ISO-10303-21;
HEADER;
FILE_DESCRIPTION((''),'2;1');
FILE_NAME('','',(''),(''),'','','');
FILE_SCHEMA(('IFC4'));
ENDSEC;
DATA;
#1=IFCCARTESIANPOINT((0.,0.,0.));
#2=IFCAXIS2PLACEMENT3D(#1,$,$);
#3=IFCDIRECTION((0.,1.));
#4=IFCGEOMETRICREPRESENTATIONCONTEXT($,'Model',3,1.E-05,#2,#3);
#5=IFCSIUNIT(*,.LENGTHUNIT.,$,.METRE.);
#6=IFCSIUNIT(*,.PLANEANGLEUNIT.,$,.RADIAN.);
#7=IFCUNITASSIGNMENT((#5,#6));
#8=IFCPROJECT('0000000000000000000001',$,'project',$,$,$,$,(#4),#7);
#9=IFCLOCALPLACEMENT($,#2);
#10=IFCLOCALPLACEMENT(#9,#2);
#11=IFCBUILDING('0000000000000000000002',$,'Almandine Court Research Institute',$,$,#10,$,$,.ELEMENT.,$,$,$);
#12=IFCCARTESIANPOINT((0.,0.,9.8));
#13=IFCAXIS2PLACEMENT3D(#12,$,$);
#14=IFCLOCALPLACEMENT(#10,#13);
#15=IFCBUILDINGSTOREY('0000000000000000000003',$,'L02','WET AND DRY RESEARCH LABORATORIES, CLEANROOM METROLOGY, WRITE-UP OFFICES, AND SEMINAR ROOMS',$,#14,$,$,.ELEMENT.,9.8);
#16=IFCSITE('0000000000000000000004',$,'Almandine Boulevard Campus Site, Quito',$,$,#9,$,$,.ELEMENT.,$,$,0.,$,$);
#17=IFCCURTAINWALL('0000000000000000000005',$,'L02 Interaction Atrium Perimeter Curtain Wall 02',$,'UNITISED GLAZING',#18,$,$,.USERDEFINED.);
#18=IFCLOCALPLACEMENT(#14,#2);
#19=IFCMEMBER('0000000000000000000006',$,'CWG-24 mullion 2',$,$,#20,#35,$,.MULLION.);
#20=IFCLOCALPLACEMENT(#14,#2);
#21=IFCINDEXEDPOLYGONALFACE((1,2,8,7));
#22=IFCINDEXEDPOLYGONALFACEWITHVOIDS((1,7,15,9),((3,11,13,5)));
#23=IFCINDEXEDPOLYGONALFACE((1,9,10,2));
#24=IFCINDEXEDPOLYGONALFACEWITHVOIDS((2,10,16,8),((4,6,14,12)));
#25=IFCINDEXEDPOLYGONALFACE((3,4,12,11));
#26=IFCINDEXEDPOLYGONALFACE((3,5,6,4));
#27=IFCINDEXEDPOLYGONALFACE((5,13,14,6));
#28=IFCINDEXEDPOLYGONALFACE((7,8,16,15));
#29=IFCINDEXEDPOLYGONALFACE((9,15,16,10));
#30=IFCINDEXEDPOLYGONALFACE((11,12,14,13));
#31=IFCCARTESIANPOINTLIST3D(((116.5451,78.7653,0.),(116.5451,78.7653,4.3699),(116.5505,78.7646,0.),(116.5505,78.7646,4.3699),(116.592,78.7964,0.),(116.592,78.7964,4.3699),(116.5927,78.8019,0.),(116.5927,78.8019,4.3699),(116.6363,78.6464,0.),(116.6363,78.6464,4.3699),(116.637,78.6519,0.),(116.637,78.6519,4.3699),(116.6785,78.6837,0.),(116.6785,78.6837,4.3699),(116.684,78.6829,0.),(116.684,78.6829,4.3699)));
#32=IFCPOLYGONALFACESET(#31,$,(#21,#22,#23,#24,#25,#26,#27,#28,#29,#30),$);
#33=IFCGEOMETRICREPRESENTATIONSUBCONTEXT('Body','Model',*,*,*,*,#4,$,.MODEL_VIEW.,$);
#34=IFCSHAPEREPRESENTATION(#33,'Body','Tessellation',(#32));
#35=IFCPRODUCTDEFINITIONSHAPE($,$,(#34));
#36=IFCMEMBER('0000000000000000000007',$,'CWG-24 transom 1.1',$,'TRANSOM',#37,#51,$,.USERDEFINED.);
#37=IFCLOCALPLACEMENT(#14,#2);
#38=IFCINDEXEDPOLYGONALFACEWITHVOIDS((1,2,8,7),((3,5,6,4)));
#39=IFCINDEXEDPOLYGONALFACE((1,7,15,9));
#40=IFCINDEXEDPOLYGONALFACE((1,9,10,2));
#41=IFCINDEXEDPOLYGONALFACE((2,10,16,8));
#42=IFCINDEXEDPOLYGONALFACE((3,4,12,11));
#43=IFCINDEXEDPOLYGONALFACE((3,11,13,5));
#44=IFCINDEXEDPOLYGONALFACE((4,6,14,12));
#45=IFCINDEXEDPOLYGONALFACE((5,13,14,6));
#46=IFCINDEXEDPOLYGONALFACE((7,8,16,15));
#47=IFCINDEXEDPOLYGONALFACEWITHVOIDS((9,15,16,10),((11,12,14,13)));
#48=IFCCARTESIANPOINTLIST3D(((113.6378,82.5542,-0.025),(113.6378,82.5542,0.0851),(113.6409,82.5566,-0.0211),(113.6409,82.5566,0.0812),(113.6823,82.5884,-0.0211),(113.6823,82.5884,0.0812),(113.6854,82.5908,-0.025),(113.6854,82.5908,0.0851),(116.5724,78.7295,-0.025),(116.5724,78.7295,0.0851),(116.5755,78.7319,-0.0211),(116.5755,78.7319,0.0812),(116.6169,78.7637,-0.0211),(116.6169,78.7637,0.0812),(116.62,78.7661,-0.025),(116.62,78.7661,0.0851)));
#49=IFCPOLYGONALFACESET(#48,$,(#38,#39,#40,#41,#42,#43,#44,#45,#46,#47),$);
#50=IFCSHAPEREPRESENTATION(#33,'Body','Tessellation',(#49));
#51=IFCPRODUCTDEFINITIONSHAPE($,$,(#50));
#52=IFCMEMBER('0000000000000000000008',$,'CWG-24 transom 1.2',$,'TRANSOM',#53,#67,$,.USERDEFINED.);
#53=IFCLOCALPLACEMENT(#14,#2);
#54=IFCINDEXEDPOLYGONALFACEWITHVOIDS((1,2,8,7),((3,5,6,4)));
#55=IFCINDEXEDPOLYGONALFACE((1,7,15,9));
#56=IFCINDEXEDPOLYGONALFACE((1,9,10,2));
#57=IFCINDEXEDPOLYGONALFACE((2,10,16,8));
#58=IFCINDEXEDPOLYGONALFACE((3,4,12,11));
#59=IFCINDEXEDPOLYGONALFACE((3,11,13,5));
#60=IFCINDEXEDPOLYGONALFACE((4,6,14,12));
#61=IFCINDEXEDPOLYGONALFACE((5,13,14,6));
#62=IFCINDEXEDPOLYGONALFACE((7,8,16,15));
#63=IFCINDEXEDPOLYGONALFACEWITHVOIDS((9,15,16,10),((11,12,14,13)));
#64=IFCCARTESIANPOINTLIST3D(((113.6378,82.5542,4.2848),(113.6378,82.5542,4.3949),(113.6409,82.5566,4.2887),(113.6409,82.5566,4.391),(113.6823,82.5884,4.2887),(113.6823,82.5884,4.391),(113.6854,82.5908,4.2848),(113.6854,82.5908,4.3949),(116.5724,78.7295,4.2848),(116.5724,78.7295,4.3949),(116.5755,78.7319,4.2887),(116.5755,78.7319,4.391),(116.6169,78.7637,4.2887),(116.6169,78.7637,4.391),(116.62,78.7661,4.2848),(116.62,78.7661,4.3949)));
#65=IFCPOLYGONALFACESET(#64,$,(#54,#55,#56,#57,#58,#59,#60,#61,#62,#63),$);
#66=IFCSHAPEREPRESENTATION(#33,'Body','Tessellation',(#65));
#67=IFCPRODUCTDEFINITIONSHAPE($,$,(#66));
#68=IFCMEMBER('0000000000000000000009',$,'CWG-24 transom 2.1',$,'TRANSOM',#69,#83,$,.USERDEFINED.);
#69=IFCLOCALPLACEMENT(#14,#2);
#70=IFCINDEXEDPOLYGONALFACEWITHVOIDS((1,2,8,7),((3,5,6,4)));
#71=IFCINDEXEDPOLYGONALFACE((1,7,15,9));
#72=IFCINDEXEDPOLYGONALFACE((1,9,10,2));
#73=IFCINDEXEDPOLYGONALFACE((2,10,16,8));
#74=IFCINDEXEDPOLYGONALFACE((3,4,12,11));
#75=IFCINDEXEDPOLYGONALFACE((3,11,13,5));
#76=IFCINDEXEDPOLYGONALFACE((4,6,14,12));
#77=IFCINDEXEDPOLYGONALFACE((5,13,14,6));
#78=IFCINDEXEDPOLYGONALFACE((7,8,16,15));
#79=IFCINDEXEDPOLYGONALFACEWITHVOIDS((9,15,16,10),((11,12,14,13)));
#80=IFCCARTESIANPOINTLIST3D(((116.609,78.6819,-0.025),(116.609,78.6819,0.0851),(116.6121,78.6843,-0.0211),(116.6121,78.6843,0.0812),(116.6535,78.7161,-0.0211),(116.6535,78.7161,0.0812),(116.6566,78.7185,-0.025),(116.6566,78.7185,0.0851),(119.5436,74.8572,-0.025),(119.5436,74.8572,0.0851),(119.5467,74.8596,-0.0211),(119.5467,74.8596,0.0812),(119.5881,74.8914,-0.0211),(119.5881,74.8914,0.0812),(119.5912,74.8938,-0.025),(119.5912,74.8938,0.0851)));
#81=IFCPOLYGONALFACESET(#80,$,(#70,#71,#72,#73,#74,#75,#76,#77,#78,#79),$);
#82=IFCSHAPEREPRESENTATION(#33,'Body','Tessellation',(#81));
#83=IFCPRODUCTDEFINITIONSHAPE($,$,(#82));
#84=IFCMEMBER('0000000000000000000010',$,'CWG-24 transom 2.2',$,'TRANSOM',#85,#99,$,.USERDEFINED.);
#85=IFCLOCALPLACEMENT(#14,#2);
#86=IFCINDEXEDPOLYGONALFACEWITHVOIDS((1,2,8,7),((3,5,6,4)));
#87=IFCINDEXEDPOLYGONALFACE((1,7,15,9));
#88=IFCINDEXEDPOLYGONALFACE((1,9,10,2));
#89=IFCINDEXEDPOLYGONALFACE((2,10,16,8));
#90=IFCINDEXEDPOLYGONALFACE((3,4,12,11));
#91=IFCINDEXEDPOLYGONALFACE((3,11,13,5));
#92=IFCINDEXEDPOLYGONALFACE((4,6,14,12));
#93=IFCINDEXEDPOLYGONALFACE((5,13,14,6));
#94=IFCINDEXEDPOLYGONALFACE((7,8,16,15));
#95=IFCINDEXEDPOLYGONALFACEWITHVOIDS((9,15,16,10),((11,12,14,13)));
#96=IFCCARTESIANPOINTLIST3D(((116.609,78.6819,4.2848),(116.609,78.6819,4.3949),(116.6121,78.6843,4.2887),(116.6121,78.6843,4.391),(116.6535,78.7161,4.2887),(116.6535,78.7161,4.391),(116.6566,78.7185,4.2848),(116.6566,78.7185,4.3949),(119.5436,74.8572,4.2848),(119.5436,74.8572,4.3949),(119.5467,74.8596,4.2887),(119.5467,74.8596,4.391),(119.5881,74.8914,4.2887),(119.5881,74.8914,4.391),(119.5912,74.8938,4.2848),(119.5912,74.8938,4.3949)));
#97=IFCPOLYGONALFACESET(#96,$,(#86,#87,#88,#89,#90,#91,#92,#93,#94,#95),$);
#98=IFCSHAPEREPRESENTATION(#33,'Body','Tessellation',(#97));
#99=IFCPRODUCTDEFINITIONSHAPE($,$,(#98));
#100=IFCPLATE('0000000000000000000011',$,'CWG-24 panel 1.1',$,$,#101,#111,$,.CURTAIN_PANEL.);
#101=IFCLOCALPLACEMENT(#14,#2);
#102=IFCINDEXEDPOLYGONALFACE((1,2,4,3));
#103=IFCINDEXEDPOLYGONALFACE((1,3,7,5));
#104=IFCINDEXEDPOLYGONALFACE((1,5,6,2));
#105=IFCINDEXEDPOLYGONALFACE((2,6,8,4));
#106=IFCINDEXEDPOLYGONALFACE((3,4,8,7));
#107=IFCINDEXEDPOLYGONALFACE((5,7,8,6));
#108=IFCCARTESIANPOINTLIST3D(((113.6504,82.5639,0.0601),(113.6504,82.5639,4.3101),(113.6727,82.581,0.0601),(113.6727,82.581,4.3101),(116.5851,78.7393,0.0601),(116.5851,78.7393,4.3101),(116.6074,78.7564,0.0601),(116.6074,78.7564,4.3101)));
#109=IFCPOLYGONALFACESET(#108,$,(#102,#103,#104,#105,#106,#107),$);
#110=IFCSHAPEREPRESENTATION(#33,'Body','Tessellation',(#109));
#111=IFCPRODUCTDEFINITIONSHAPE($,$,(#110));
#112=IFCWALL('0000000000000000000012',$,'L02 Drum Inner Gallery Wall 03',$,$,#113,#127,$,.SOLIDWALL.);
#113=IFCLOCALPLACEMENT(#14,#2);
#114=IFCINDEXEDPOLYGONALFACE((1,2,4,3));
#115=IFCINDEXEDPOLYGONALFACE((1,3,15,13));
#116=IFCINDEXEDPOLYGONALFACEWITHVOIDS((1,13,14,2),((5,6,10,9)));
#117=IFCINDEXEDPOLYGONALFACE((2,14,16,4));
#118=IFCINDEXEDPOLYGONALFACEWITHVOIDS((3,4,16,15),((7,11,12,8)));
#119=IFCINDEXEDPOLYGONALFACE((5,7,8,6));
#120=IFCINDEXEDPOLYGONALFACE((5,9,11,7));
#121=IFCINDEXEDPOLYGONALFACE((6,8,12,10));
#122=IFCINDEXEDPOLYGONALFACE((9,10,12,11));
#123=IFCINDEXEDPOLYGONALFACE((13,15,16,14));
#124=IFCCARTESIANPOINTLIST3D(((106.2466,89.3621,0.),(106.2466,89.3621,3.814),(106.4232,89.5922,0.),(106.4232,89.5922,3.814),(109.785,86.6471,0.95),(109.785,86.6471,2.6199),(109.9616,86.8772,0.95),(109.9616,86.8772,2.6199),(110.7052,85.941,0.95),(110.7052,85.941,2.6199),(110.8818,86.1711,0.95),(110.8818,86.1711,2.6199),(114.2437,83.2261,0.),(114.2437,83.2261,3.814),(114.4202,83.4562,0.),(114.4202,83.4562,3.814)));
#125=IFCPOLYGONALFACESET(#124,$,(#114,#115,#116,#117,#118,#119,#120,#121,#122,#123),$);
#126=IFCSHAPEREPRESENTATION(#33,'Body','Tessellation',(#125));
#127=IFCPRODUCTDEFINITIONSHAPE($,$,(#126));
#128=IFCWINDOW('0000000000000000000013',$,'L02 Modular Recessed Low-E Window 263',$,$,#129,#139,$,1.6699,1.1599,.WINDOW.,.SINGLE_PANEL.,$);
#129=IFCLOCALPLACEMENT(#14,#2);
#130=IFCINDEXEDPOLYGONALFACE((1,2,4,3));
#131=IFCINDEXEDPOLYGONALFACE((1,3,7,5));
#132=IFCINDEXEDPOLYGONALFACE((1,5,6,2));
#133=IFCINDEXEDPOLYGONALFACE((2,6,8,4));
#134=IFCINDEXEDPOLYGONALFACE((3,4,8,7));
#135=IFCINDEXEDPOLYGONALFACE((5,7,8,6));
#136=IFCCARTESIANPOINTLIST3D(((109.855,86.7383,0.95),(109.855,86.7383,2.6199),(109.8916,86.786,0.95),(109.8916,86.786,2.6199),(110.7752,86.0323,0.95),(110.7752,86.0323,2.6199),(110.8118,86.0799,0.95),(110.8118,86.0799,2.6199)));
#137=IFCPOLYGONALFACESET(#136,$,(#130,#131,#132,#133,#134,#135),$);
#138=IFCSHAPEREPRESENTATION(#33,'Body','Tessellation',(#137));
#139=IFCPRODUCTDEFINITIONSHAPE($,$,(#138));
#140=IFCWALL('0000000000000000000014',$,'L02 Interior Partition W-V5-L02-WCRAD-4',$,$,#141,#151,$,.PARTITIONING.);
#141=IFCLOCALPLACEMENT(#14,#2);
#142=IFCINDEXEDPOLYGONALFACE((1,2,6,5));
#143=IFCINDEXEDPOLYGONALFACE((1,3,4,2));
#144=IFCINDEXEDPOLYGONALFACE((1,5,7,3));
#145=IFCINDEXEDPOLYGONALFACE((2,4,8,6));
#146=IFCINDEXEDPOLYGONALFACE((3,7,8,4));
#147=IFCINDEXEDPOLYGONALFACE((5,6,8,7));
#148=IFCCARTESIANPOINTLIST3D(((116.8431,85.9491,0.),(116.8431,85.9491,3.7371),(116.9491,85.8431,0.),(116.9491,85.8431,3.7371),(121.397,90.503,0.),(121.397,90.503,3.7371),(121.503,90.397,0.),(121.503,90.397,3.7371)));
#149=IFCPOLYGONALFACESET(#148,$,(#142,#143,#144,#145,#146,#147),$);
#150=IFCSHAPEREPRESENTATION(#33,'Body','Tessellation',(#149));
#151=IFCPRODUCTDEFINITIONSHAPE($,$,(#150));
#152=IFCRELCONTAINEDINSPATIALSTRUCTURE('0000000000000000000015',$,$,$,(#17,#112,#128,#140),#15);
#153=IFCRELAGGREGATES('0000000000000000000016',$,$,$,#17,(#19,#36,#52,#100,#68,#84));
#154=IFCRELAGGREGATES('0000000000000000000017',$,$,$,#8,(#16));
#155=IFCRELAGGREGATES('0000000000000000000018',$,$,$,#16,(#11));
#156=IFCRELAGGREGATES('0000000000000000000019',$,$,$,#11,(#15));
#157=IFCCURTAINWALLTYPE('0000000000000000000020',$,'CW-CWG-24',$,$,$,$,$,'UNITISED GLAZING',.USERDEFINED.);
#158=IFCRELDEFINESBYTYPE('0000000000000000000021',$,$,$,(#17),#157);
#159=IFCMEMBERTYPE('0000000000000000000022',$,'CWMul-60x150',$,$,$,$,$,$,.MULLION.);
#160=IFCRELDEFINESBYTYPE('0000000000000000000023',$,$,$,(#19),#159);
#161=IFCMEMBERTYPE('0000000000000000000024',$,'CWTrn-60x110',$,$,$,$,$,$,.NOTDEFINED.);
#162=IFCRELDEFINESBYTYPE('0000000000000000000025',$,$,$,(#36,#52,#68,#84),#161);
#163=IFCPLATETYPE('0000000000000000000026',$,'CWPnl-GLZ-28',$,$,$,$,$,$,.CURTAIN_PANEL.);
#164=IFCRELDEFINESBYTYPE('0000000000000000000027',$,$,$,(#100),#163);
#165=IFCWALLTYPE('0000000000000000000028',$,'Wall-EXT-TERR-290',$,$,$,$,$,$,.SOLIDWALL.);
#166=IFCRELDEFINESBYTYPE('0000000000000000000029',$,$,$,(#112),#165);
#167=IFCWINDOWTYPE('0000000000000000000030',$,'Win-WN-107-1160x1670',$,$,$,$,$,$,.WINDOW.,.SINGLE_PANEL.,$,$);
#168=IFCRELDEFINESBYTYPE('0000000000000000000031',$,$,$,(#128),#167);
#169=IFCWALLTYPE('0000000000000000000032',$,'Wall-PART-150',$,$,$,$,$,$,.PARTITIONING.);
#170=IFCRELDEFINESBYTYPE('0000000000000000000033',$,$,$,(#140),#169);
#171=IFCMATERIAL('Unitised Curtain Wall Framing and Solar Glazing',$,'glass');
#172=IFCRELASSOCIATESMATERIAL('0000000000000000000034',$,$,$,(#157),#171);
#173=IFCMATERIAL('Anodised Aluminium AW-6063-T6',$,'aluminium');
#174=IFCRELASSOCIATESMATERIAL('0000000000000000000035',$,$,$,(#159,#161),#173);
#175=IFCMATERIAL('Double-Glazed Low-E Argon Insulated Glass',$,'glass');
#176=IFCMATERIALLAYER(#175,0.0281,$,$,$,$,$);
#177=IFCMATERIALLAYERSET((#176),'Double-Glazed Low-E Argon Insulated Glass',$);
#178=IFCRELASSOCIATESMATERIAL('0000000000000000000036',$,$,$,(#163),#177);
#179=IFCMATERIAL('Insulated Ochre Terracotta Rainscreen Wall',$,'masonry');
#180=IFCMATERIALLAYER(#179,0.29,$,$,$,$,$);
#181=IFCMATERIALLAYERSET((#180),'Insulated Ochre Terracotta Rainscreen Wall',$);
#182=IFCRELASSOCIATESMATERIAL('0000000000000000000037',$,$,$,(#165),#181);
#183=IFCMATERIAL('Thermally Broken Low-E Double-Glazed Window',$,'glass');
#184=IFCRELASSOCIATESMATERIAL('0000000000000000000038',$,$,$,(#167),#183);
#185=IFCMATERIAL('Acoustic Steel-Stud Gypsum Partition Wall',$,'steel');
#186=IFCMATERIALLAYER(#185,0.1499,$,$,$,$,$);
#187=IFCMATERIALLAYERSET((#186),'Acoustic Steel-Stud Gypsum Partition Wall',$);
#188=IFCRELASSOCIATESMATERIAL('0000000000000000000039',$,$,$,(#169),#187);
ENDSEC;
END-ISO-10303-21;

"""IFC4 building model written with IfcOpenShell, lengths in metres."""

from ifc_helpers import new_model, si_unit, direction, frame, frame_2d, origin, origin_2d, place, context, subcontext, project, spatial, rectangle, hollow_rectangle, extrude, material, layer, layer_set, material_profile, profile_set, type_object, element, fill, aggregate, save


model = new_model("IFC4")

# Units and contexts
model_context = context("Model", 3, precision=1e-05, world=origin(), true_north=direction((0.0, 1.0)))
body_context = subcontext(model_context, "Body", "Model", "MODEL_VIEW")
ifc_project = project(units=[si_unit("LENGTHUNIT", "METRE"), si_unit("PLANEANGLEUNIT", "RADIAN")], contexts=[model_context])

# Site, building, storey
site_placement = place(None, origin())
site = spatial("IfcSite", under=ifc_project, at=site_placement, Name="Almandine Boulevard Campus Site, Quito", CompositionType="ELEMENT", RefElevation=0.0)
building_placement = place(site_placement, origin())
building = spatial("IfcBuilding", under=site, at=building_placement, Name="Almandine Court Research Institute", CompositionType="ELEMENT")
storey_placement = place(building_placement, frame((0.0, 0.0, 9.8)))
storey = spatial("IfcBuildingStorey", under=building, at=storey_placement, Name="L02", Description="WET AND DRY RESEARCH LABORATORIES, CLEANROOM METROLOGY, WRITE-UP OFFICES, AND SEMINAR ROOMS", CompositionType="ELEMENT", Elevation=9.8)

# Curtain wall, members, plate
ifc_material_1 = material(Name="Unitised Curtain Wall Framing and Solar Glazing", Category="glass")
curtain_wall_type = type_object("IfcCurtainWallType", Name="CW-CWG-24", ElementType="UNITISED GLAZING", PredefinedType="USERDEFINED", material=ifc_material_1)
curtain_wall_placement = place(storey_placement, origin())
curtain_wall = element("IfcCurtainWall", 1, at=curtain_wall_placement, inside=storey, type_object=curtain_wall_type, Name="L02 Interaction Atrium Perimeter Curtain Wall 02", ObjectType="UNITISED GLAZING", PredefinedType="USERDEFINED")
ifc_material_2 = material(Name="Anodised Aluminium AW-6063-T6", Category="aluminium")
ifc_material_profile_1 = material_profile(ifc_material_2, hollow_rectangle(XDim=0.0601, YDim=0.1499, WallThickness=0.0039, at=origin_2d()), Name="ALU RHS 60x150x4")
ifc_profile_set_1 = profile_set([ifc_material_profile_1], Name="Anodised Aluminium AW-6063-T6")
member_type_1 = type_object("IfcMemberType", Name="CWMul-60x150", PredefinedType="MULLION", material=ifc_profile_set_1)
member_1_placement = place(storey_placement, frame((116.6145, 78.7241, 0.0), z_axis=(0.0, 0.0, 1.0), x_axis=(0.793354, 0.608761, 0.0)))
member_1 = element("IfcMember", 2, at=member_1_placement, type_object=member_type_1, Name="CWG-24 mullion 2", PredefinedType="MULLION", context=body_context, shape_type="SweptSolid", body=[
    extrude(hollow_rectangle(XDim=0.0601, YDim=0.1499, WallThickness=0.0039, at=origin_2d()), origin(), (0.0, 0.0, 1.0), 4.3699),
])
ifc_material_profile_2 = material_profile(ifc_material_2, hollow_rectangle(XDim=0.0601, YDim=0.1101, WallThickness=0.0039, at=origin_2d()), Name="ALU RHS 60x110x4")
ifc_profile_set_2 = profile_set([ifc_material_profile_2], Name="Anodised Aluminium AW-6063-T6")
member_type_2 = type_object("IfcMemberType", Name="CWTrn-60x110", PredefinedType="NOTDEFINED", material=ifc_profile_set_2)
member_2_placement = place(storey_placement, frame((113.6616, 82.5725, 0.03), z_axis=(0.608731, -0.793376, 0.0), x_axis=(0.793376, 0.608731, 0.0)))
member_2 = element("IfcMember", 3, at=member_2_placement, type_object=member_type_2, Name="CWG-24 transom 1.1", ObjectType="TRANSOM", PredefinedType="USERDEFINED", context=body_context, shape_type="SweptSolid", body=[
    extrude(hollow_rectangle(XDim=0.0601, YDim=0.1101, WallThickness=0.0039, at=origin_2d()), origin(), (0.0, 0.0, 1.0), 4.8208),
])
member_3_placement = place(storey_placement, frame((113.6616, 82.5725, 4.3398), z_axis=(0.608731, -0.793376, 0.0), x_axis=(0.793376, 0.608731, 0.0)))
member_3 = element("IfcMember", 4, at=member_3_placement, type_object=member_type_2, Name="CWG-24 transom 1.2", ObjectType="TRANSOM", PredefinedType="USERDEFINED", context=body_context, shape_type="SweptSolid", body=[
    extrude(hollow_rectangle(XDim=0.0601, YDim=0.1101, WallThickness=0.0039, at=origin_2d()), origin(), (0.0, 0.0, 1.0), 4.8208),
])
member_4_placement = place(storey_placement, frame((116.6328, 78.7002, 0.03), z_axis=(0.608731, -0.793376, 0.0), x_axis=(0.793376, 0.608731, 0.0)))
member_4 = element("IfcMember", 5, at=member_4_placement, type_object=member_type_2, Name="CWG-24 transom 2.1", ObjectType="TRANSOM", PredefinedType="USERDEFINED", context=body_context, shape_type="SweptSolid", body=[
    extrude(hollow_rectangle(XDim=0.0601, YDim=0.1101, WallThickness=0.0039, at=origin_2d()), origin(), (0.0, 0.0, 1.0), 4.8208),
])
member_5_placement = place(storey_placement, frame((116.6328, 78.7002, 4.3398), z_axis=(0.608731, -0.793376, 0.0), x_axis=(0.793376, 0.608731, 0.0)))
member_5 = element("IfcMember", 6, at=member_5_placement, type_object=member_type_2, Name="CWG-24 transom 2.2", ObjectType="TRANSOM", PredefinedType="USERDEFINED", context=body_context, shape_type="SweptSolid", body=[
    extrude(hollow_rectangle(XDim=0.0601, YDim=0.1101, WallThickness=0.0039, at=origin_2d()), origin(), (0.0, 0.0, 1.0), 4.8208),
])
ifc_material_3 = material(Name="Double-Glazed Low-E Argon Insulated Glass", Category="glass")
ifc_layer_1 = layer(ifc_material_3, 0.0281)
ifc_layer_set_1 = layer_set([ifc_layer_1], Name="Double-Glazed Low-E Argon Insulated Glass")
plate_type = type_object("IfcPlateType", Name="CWPnl-GLZ-28", PredefinedType="CURTAIN_PANEL", material=ifc_layer_set_1)
plate_placement = place(storey_placement, frame((115.1289, 80.6602, 0.0601), z_axis=(0.0, 0.0, 1.0), x_axis=(0.608761, -0.793354, 0.0)))
plate = element("IfcPlate", 7, at=plate_placement, type_object=plate_type, Name="CWG-24 panel 1.1", PredefinedType="CURTAIN_PANEL", context=body_context, shape_type="SweptSolid", body=[
    extrude(rectangle(XDim=4.8208, YDim=0.0281, at=origin_2d()), origin(), (0.0, 0.0, 1.0), 4.25),
])
aggregate(curtain_wall, [member_1, member_2, member_3, plate, member_4, member_5])

# Wall, opening, window
ifc_material_4 = material(Name="Insulated Ochre Terracotta Rainscreen Wall", Category="masonry")
ifc_layer_2 = layer(ifc_material_4, 0.29)
ifc_layer_set_2 = layer_set([ifc_layer_2], Name="Insulated Ochre Terracotta Rainscreen Wall")
wall_type_1 = type_object("IfcWallType", Name="Wall-EXT-TERR-290", PredefinedType="SOLIDWALL", material=ifc_layer_set_2)
wall_1_placement = place(storey_placement, frame((114.332, 83.3411, 0.0), z_axis=(0.0, 0.0, 1.0), x_axis=(-0.793372, 0.608738, 0.0)))
wall_1 = element("IfcWall", 8, at=wall_1_placement, inside=storey, type_object=wall_type_1, Name="L02 Drum Inner Gallery Wall 03", PredefinedType="SOLIDWALL", context=body_context, shape_type="SweptSolid", body=[
    extrude(rectangle(XDim=10.0798, YDim=0.29, at=frame_2d((5.04, 0.0))), origin(), (0.0, 0.0, 1.0), 3.814),
])
opening_1_placement = place(wall_1_placement, frame((4.46, 0.0, 0.95)))
opening_1 = element("IfcOpeningElement", 9, at=opening_1_placement, cuts=wall_1, PredefinedType="OPENING", context=body_context, shape_type="SweptSolid", body=[
    extrude(rectangle(XDim=1.1599, YDim=1.6699, at=frame_2d((0.5801, 0.835))), frame((0.0, 0.155, 0.0), z_axis=(0.0, -1.0, 0.0), x_axis=(1.0, 0.0, 0.0)), (0.0, 0.0, 1.0), 0.3101),
])
ifc_material_5 = material(Name="Thermally Broken Low-E Double-Glazed Window", Category="glass")
window_type = type_object("IfcWindowType", Name="Win-WN-107-1160x1670", PartitioningType="SINGLE_PANEL", PredefinedType="WINDOW", material=ifc_material_5)
window_placement = place(opening_1_placement, origin())
window = element("IfcWindow", 10, at=window_placement, inside=storey, type_object=window_type, Name="L02 Modular Recessed Low-E Window 263", OverallHeight=1.6699, OverallWidth=1.1599, PartitioningType="SINGLE_PANEL", PredefinedType="WINDOW", context=body_context, shape_type="SweptSolid", body=[
    extrude(rectangle(XDim=1.1599, YDim=1.6699, at=frame_2d((0.5801, 0.835))), frame((0.0, 0.03, 0.0), z_axis=(0.0, -1.0, 0.0), x_axis=(1.0, 0.0, 0.0)), (0.0, 0.0, 1.0), 0.0601),
])
fill(opening_1, window)

# Wall
ifc_material_6 = material(Name="Acoustic Steel-Stud Gypsum Partition Wall", Category="steel")
ifc_layer_3 = layer(ifc_material_6, 0.1499)
ifc_layer_set_3 = layer_set([ifc_layer_3], Name="Acoustic Steel-Stud Gypsum Partition Wall")
wall_type_2 = type_object("IfcWallType", Name="Wall-PART-150", PredefinedType="PARTITIONING", material=ifc_layer_set_3)
wall_2_placement = place(storey_placement, frame((116.896, 85.896, 0.0), z_axis=(0.0, 0.0, 1.0), x_axis=(0.707107, 0.707107, 0.0)))
element("IfcWall", 11, at=wall_2_placement, inside=storey, type_object=wall_type_2, Name="L02 Interior Partition W-V5-L02-WCRAD-4", PredefinedType="PARTITIONING", context=body_context, shape_type="SweptSolid", body=[
    extrude(rectangle(XDim=6.4402, YDim=0.1499, at=frame_2d((3.2202, 0.0))), origin(), (0.0, 0.0, 1.0), 3.7371),
])

save(model, "model.ifc")
